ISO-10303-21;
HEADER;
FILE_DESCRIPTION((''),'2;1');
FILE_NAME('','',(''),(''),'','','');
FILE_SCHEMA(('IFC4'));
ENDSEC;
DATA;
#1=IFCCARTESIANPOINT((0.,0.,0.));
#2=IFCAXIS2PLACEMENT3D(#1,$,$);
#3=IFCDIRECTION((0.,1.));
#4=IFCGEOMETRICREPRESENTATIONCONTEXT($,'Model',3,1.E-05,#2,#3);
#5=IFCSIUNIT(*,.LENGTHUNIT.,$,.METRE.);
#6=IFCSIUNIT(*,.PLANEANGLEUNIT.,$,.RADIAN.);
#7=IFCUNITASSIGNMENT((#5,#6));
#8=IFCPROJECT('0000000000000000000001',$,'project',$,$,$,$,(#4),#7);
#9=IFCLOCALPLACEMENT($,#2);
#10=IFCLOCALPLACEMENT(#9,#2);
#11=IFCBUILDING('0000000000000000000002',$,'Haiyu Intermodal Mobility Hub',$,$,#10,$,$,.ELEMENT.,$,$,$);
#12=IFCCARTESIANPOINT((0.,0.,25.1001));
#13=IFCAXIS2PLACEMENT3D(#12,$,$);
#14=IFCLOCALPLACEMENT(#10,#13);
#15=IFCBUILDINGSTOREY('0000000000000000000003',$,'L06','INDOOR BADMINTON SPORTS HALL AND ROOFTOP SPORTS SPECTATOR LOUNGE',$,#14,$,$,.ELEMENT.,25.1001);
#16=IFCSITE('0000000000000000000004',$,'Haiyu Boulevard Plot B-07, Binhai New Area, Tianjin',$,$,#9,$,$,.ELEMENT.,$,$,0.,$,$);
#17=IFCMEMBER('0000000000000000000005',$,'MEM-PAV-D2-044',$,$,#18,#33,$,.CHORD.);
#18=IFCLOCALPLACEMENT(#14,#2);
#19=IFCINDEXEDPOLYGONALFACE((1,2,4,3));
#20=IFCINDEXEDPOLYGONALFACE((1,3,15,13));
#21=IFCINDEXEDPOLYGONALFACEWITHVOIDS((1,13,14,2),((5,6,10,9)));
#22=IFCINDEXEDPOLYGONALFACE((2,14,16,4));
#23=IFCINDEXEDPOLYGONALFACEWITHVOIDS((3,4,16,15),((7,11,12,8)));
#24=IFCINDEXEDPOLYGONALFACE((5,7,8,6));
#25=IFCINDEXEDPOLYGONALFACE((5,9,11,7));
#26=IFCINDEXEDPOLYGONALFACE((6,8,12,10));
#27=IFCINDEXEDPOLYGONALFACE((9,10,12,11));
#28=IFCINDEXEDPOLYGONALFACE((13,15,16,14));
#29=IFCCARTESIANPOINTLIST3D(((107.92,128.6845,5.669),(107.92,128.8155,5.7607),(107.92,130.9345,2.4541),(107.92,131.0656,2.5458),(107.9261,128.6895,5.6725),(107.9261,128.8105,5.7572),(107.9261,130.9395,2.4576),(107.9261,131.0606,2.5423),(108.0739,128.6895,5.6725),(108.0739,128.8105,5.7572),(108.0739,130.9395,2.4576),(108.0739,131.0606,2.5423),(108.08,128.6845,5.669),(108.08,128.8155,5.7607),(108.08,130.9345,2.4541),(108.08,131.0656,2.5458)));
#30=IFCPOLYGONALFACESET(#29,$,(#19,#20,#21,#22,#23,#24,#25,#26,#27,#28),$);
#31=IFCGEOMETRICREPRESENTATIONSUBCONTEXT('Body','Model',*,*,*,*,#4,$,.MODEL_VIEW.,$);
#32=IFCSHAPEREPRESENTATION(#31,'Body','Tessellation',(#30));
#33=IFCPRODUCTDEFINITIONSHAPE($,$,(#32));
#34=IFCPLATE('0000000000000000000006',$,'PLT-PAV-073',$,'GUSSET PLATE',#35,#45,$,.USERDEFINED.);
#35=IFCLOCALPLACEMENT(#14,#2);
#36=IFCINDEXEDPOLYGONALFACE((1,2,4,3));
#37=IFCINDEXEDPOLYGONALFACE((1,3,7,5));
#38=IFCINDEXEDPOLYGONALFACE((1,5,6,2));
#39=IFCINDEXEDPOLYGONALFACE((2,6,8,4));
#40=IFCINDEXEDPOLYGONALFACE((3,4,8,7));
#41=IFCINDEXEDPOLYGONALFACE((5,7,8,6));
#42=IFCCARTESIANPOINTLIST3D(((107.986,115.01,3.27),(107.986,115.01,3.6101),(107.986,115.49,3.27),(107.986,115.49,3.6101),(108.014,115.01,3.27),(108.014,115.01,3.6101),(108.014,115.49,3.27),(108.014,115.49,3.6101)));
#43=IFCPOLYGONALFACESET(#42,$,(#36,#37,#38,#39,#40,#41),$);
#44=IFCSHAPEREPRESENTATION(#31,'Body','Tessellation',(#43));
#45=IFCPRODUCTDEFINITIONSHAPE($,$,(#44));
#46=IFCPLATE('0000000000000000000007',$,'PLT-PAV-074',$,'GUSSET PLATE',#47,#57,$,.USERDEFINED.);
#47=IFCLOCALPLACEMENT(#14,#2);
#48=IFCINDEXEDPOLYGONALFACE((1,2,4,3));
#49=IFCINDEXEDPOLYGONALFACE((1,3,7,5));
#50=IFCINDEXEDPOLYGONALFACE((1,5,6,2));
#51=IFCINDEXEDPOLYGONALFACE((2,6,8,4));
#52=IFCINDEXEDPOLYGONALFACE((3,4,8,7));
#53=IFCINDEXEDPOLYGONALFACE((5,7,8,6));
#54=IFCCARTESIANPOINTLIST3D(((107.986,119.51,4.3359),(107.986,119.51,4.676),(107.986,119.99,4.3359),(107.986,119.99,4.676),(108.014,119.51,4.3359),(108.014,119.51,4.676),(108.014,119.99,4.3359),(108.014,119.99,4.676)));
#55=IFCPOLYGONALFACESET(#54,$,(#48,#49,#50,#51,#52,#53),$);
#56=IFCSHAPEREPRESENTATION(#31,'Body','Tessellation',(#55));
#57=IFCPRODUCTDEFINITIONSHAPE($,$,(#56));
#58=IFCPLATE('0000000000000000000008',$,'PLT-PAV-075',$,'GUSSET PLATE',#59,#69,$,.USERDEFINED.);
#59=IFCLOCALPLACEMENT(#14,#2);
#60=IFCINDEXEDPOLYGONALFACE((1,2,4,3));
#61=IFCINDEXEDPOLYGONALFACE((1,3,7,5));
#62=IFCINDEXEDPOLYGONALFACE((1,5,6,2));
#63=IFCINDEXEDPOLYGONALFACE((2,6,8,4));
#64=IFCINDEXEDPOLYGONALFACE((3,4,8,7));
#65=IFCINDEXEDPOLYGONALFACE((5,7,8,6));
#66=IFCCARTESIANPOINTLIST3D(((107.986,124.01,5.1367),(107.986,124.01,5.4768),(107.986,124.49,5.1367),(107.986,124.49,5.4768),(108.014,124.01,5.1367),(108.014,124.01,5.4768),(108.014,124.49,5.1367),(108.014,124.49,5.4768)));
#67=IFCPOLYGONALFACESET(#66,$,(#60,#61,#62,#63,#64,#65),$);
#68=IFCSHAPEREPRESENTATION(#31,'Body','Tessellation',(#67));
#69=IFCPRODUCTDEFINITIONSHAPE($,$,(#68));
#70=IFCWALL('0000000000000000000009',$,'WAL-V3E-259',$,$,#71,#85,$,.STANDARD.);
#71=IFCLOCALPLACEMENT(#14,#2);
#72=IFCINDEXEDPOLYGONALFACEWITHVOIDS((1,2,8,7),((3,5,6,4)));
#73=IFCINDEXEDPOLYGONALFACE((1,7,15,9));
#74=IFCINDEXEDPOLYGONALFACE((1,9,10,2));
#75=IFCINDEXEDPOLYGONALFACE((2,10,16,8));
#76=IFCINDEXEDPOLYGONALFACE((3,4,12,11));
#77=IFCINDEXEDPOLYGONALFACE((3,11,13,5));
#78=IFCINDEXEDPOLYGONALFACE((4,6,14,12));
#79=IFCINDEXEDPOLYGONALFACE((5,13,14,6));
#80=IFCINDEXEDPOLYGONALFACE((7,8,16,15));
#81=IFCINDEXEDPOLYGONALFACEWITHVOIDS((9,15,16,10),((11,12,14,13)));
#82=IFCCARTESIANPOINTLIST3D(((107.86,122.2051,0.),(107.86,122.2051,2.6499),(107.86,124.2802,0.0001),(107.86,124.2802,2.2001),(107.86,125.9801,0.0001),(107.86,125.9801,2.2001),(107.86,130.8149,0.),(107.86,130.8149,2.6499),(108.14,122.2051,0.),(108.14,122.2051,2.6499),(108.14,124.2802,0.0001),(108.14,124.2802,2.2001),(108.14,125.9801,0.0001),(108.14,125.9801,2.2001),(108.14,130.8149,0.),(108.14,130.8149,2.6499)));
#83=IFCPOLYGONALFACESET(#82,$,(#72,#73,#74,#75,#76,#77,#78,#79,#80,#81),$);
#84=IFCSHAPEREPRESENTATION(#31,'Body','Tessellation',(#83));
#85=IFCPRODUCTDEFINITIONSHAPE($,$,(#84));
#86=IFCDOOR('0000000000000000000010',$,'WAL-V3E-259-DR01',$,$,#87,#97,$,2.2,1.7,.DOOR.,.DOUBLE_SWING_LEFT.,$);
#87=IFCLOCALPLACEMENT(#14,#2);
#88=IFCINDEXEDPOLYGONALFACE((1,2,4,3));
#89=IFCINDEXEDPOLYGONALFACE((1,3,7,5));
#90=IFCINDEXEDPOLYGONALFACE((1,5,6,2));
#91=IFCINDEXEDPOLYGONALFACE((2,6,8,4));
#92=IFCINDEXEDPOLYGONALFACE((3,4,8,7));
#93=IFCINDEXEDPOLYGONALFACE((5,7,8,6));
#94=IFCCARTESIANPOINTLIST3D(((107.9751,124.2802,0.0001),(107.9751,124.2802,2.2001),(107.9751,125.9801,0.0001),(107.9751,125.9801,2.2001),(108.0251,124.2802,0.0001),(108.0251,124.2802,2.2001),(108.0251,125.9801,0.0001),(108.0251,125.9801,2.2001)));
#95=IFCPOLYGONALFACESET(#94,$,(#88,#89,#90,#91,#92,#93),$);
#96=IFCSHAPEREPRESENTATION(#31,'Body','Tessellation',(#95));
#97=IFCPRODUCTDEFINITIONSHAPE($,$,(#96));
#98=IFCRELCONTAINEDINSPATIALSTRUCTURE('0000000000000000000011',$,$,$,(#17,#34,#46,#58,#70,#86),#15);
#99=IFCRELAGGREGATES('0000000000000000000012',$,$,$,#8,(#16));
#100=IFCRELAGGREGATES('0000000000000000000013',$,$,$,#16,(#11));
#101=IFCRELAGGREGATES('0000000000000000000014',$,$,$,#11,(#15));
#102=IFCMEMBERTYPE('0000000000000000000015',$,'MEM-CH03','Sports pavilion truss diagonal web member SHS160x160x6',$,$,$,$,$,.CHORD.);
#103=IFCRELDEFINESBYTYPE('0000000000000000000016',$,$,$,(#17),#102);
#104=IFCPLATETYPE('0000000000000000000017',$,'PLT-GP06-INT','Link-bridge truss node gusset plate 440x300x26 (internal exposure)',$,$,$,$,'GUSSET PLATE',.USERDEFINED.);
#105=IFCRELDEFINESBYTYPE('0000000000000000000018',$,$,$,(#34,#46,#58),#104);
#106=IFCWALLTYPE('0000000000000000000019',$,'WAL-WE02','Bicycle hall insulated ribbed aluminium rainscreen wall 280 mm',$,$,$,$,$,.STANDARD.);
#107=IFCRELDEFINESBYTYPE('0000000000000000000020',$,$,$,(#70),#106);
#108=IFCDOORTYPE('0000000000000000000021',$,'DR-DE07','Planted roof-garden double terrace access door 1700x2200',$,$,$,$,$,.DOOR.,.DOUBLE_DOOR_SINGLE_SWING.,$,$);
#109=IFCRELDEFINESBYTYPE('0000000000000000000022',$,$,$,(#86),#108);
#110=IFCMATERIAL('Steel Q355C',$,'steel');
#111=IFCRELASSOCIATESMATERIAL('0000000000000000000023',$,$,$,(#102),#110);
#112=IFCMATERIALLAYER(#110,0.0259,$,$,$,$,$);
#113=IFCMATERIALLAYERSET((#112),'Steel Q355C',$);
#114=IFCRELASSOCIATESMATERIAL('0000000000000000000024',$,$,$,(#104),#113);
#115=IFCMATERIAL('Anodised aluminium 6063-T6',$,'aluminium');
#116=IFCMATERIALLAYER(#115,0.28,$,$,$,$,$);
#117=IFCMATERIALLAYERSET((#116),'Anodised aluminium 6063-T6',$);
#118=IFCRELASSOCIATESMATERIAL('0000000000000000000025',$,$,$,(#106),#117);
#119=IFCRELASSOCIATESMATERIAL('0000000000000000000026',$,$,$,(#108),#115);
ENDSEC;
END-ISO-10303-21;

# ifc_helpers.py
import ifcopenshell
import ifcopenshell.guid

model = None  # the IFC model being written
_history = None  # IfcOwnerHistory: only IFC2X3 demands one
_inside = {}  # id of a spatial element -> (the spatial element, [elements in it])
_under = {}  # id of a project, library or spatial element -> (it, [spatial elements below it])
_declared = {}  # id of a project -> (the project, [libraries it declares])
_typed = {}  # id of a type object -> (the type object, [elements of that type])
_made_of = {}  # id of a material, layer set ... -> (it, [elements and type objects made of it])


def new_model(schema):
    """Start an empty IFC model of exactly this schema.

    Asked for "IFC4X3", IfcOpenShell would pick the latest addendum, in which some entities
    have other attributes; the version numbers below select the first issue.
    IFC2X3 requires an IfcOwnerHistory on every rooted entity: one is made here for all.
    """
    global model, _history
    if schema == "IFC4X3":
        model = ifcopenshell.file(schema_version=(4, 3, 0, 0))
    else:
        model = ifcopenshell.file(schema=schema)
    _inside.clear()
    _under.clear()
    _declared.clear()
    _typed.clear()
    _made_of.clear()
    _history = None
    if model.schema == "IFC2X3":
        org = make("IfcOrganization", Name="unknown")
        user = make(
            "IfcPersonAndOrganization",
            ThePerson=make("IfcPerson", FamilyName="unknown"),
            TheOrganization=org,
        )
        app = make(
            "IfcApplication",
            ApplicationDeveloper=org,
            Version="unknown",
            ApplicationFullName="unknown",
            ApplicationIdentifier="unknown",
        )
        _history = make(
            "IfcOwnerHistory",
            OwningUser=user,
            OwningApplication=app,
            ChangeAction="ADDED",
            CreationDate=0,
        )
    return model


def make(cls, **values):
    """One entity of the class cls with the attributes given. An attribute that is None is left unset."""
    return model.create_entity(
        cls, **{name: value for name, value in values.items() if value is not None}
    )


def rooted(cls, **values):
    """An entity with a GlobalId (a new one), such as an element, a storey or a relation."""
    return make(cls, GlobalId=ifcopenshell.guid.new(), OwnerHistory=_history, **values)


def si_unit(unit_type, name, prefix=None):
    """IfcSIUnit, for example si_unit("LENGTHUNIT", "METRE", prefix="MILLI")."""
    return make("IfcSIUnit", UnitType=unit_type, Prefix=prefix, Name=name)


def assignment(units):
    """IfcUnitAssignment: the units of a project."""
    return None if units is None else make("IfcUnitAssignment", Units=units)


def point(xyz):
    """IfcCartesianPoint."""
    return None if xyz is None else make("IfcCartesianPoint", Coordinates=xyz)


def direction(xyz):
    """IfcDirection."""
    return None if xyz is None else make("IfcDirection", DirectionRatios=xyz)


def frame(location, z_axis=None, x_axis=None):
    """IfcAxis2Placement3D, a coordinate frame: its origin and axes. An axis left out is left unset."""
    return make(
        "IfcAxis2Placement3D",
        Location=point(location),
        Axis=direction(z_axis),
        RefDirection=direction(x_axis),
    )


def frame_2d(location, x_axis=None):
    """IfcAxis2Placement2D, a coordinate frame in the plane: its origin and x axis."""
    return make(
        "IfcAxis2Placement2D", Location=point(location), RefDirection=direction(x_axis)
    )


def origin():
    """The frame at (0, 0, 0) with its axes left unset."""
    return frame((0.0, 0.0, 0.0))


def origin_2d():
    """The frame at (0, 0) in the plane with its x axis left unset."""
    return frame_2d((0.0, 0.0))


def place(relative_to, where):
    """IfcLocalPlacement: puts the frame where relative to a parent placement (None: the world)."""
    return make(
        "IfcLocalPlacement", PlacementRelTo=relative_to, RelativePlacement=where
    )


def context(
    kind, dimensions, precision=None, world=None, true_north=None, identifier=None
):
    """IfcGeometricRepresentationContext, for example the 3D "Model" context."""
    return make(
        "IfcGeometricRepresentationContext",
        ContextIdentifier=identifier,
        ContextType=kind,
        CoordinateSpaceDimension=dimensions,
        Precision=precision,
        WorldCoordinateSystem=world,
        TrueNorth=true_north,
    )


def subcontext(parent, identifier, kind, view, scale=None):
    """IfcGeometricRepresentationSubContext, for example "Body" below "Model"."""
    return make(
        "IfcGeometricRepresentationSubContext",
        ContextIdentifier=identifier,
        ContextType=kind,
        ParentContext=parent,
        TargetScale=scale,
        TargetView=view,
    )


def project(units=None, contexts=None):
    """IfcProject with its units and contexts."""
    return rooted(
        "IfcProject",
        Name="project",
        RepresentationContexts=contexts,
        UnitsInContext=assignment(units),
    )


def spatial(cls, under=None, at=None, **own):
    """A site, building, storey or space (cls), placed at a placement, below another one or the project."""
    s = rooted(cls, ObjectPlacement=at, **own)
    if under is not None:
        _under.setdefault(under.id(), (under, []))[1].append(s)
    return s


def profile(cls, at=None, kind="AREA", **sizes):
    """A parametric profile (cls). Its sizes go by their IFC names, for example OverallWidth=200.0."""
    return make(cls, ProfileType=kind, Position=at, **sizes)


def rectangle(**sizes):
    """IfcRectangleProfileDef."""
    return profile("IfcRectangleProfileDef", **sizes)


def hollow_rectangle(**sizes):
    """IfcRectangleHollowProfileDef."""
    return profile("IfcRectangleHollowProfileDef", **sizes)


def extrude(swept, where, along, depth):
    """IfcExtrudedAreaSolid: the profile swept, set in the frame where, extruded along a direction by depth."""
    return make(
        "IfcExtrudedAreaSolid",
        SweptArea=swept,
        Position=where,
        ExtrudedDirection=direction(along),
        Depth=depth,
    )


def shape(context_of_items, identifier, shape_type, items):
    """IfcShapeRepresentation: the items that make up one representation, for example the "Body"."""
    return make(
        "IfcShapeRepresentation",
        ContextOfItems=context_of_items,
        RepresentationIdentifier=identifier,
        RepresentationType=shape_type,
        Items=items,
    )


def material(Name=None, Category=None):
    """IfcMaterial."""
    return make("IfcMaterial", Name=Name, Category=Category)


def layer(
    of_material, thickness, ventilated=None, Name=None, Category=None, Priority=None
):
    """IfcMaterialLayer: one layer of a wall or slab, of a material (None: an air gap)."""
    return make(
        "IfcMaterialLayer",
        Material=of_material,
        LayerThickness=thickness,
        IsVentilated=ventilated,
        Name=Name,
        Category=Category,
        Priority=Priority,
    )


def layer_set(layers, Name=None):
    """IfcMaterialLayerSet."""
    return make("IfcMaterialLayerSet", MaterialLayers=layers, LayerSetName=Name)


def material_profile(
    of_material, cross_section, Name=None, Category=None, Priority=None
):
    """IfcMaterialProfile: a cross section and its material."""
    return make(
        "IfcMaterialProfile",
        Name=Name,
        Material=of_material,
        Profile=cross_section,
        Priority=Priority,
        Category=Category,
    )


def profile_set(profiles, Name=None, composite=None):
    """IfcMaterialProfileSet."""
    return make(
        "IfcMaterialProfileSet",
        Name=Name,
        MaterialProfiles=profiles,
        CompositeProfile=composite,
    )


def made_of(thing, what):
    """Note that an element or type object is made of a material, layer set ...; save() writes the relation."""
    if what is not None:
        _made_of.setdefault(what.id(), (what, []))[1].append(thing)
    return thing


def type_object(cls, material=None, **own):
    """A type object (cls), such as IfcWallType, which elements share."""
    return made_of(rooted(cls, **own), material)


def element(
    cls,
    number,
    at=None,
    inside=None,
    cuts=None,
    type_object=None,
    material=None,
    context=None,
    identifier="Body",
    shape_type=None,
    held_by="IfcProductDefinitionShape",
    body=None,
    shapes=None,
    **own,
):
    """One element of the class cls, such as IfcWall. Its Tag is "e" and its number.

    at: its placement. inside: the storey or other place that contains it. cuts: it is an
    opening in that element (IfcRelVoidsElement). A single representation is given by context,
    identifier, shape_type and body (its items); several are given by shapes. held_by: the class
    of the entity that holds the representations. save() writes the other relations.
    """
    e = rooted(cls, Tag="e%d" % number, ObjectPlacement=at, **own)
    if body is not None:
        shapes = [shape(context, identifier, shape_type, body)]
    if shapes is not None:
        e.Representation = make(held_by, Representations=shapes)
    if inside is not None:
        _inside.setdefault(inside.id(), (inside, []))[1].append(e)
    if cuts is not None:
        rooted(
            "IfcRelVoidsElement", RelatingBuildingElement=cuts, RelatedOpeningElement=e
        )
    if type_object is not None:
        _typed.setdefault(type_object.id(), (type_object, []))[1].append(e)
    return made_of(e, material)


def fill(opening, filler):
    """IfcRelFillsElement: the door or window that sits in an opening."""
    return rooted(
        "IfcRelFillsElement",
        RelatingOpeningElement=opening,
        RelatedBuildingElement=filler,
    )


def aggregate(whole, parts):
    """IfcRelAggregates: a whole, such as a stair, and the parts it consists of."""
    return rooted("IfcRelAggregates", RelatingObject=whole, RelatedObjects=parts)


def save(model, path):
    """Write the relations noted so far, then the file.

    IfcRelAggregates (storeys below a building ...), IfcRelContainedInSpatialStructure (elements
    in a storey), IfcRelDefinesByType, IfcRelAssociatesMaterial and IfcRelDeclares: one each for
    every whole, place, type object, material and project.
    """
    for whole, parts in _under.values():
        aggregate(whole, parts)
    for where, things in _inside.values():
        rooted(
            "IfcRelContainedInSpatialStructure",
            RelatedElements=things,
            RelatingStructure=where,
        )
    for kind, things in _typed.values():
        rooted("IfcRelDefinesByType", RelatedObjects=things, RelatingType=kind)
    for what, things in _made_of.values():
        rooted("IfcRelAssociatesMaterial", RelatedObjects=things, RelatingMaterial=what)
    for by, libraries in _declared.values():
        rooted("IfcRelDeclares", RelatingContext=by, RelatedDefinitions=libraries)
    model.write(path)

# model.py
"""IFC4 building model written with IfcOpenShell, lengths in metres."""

from ifc_helpers import new_model, si_unit, direction, frame, frame_2d, origin, origin_2d, place, context, subcontext, project, spatial, rectangle, hollow_rectangle, extrude, material, layer, layer_set, material_profile, profile_set, type_object, element, fill, save


model = new_model("IFC4")

# Units and contexts
model_context = context("Model", 3, precision=1e-05, world=origin(), true_north=direction((0.0, 1.0)))
body_context = subcontext(model_context, "Body", "Model", "MODEL_VIEW")
ifc_project = project(units=[si_unit("LENGTHUNIT", "METRE"), si_unit("PLANEANGLEUNIT", "RADIAN")], contexts=[model_context])

# Site, building, storey
site_placement = place(None, origin())
site = spatial("IfcSite", under=ifc_project, at=site_placement, Name="Haiyu Boulevard Plot B-07, Binhai New Area, Tianjin", CompositionType="ELEMENT", RefElevation=0.0)
building_placement = place(site_placement, origin())
building = spatial("IfcBuilding", under=site, at=building_placement, Name="Haiyu Intermodal Mobility Hub", CompositionType="ELEMENT")
storey_placement = place(building_placement, frame((0.0, 0.0, 25.1001)))
storey = spatial("IfcBuildingStorey", under=building, at=storey_placement, Name="L06", Description="INDOOR BADMINTON SPORTS HALL AND ROOFTOP SPORTS SPECTATOR LOUNGE", CompositionType="ELEMENT", Elevation=25.1001)

# Shared definitions
ifc_material_1 = material(Name="Steel Q355C", Category="steel")

# Member
ifc_material_profile_1 = material_profile(ifc_material_1, hollow_rectangle(XDim=0.1599, YDim=0.1599, WallThickness=0.0061, at=origin_2d()), Name="SHS160x160x6")
ifc_profile_set_1 = profile_set([ifc_material_profile_1], Name="Steel Q355C")
member_type_1 = type_object("IfcMemberType", Name="MEM-CH03", Description="Sports pavilion truss diagonal web member SHS160x160x6", PredefinedType="CHORD", material=ifc_profile_set_1)
for number, where, z_axis, x_axis, name in (
    (1, (108.0, 128.75, 5.7148), (0.0, 0.573396, -0.819279), (-1.0, 0.0, 0.0), "MEM-PAV-D2-044"),
):
    element("IfcMember", number, at=place(storey_placement, frame(where, z_axis=z_axis, x_axis=x_axis)), inside=storey, type_object=member_type_1, Name=name, PredefinedType="CHORD", context=body_context, shape_type="SweptSolid", body=[
        extrude(hollow_rectangle(XDim=0.1599, YDim=0.1599, WallThickness=0.0061, at=origin_2d()), origin(), (0.0, 0.0, 1.0), 3.9241),
    ])

# Plates
ifc_layer_1 = layer(ifc_material_1, 0.0259)
ifc_layer_set_1 = layer_set([ifc_layer_1], Name="Steel Q355C")
plate_type = type_object("IfcPlateType", Name="PLT-GP06-INT", Description="Link-bridge truss node gusset plate 440x300x26 (internal exposure)", ElementType="GUSSET PLATE", PredefinedType="USERDEFINED", material=ifc_layer_set_1)
for number, where, z_axis, x_axis, name in (
    (2, (108.0, 115.25, 3.27), (0.0, 0.0, 1.0), (1.0, 0.0, 0.0), "PLT-PAV-073"),
    (3, (108.0, 119.75, 4.3359), (0.0, 0.0, 1.0), (1.0, 0.0, 0.0), "PLT-PAV-074"),
    (4, (108.0, 124.25, 5.1367), (0.0, 0.0, 1.0), (1.0, 0.0, 0.0), "PLT-PAV-075"),
):
    element("IfcPlate", number, at=place(storey_placement, frame(where, z_axis=z_axis, x_axis=x_axis)), inside=storey, type_object=plate_type, Name=name, ObjectType="GUSSET PLATE", PredefinedType="USERDEFINED", context=body_context, shape_type="SweptSolid", body=[
        extrude(rectangle(XDim=0.0281, YDim=0.48, at=origin_2d()), origin(), (0.0, 0.0, 1.0), 0.3401),
    ])

# Wall, opening, door
ifc_material_2 = material(Name="Anodised aluminium 6063-T6", Category="aluminium")
ifc_layer_2 = layer(ifc_material_2, 0.28)
ifc_layer_set_2 = layer_set([ifc_layer_2], Name="Anodised aluminium 6063-T6")
wall_type = type_object("IfcWallType", Name="WAL-WE02", Description="Bicycle hall insulated ribbed aluminium rainscreen wall 280 mm", PredefinedType="STANDARD", material=ifc_layer_set_2)
wall_placement = place(storey_placement, frame((108.0, 122.2051, 0.0), z_axis=(0.0, 0.0, 1.0), x_axis=(0.0, 1.0, 0.0)))
wall = element("IfcWall", 5, at=wall_placement, inside=storey, type_object=wall_type, Name="WAL-V3E-259", PredefinedType="STANDARD", context=body_context, shape_type="SweptSolid", body=[
    extrude(rectangle(XDim=8.6099, YDim=0.28, at=frame_2d((4.3049, 0.0))), origin(), (0.0, 0.0, 1.0), 2.6499),
])
opening_placement = place(wall_placement, frame((2.075, 0.0, 0.0)))
opening = element("IfcOpeningElement", 6, at=opening_placement, cuts=wall, PredefinedType="OPENING", context=body_context, shape_type="SweptSolid", body=[
    extrude(rectangle(XDim=1.7, YDim=2.2, at=frame_2d((0.8501, 1.1001))), frame((0.0, 0.1499, 0.0), z_axis=(0.0, -1.0, 0.0), x_axis=(1.0, 0.0, 0.0)), (0.0, 0.0, 1.0), 0.3),
])
door_type = type_object("IfcDoorType", Name="DR-DE07", Description="Planted roof-garden double terrace access door 1700x2200", OperationType="DOUBLE_DOOR_SINGLE_SWING", PredefinedType="DOOR", material=ifc_material_2)
door_placement = place(opening_placement, origin())
door = element("IfcDoor", 7, at=door_placement, inside=storey, type_object=door_type, Name="WAL-V3E-259-DR01", OperationType="DOUBLE_SWING_LEFT", OverallHeight=2.2, OverallWidth=1.7, PredefinedType="DOOR", context=body_context, shape_type="SweptSolid", body=[
    extrude(rectangle(XDim=1.7, YDim=2.2, at=frame_2d((0.8501, 1.1001))), frame((0.0, 0.0249, 0.0), z_axis=(0.0, -1.0, 0.0), x_axis=(1.0, 0.0, 0.0)), (0.0, 0.0, 1.0), 0.05),
])
fill(opening, door)

save(model, "model.ifc")
